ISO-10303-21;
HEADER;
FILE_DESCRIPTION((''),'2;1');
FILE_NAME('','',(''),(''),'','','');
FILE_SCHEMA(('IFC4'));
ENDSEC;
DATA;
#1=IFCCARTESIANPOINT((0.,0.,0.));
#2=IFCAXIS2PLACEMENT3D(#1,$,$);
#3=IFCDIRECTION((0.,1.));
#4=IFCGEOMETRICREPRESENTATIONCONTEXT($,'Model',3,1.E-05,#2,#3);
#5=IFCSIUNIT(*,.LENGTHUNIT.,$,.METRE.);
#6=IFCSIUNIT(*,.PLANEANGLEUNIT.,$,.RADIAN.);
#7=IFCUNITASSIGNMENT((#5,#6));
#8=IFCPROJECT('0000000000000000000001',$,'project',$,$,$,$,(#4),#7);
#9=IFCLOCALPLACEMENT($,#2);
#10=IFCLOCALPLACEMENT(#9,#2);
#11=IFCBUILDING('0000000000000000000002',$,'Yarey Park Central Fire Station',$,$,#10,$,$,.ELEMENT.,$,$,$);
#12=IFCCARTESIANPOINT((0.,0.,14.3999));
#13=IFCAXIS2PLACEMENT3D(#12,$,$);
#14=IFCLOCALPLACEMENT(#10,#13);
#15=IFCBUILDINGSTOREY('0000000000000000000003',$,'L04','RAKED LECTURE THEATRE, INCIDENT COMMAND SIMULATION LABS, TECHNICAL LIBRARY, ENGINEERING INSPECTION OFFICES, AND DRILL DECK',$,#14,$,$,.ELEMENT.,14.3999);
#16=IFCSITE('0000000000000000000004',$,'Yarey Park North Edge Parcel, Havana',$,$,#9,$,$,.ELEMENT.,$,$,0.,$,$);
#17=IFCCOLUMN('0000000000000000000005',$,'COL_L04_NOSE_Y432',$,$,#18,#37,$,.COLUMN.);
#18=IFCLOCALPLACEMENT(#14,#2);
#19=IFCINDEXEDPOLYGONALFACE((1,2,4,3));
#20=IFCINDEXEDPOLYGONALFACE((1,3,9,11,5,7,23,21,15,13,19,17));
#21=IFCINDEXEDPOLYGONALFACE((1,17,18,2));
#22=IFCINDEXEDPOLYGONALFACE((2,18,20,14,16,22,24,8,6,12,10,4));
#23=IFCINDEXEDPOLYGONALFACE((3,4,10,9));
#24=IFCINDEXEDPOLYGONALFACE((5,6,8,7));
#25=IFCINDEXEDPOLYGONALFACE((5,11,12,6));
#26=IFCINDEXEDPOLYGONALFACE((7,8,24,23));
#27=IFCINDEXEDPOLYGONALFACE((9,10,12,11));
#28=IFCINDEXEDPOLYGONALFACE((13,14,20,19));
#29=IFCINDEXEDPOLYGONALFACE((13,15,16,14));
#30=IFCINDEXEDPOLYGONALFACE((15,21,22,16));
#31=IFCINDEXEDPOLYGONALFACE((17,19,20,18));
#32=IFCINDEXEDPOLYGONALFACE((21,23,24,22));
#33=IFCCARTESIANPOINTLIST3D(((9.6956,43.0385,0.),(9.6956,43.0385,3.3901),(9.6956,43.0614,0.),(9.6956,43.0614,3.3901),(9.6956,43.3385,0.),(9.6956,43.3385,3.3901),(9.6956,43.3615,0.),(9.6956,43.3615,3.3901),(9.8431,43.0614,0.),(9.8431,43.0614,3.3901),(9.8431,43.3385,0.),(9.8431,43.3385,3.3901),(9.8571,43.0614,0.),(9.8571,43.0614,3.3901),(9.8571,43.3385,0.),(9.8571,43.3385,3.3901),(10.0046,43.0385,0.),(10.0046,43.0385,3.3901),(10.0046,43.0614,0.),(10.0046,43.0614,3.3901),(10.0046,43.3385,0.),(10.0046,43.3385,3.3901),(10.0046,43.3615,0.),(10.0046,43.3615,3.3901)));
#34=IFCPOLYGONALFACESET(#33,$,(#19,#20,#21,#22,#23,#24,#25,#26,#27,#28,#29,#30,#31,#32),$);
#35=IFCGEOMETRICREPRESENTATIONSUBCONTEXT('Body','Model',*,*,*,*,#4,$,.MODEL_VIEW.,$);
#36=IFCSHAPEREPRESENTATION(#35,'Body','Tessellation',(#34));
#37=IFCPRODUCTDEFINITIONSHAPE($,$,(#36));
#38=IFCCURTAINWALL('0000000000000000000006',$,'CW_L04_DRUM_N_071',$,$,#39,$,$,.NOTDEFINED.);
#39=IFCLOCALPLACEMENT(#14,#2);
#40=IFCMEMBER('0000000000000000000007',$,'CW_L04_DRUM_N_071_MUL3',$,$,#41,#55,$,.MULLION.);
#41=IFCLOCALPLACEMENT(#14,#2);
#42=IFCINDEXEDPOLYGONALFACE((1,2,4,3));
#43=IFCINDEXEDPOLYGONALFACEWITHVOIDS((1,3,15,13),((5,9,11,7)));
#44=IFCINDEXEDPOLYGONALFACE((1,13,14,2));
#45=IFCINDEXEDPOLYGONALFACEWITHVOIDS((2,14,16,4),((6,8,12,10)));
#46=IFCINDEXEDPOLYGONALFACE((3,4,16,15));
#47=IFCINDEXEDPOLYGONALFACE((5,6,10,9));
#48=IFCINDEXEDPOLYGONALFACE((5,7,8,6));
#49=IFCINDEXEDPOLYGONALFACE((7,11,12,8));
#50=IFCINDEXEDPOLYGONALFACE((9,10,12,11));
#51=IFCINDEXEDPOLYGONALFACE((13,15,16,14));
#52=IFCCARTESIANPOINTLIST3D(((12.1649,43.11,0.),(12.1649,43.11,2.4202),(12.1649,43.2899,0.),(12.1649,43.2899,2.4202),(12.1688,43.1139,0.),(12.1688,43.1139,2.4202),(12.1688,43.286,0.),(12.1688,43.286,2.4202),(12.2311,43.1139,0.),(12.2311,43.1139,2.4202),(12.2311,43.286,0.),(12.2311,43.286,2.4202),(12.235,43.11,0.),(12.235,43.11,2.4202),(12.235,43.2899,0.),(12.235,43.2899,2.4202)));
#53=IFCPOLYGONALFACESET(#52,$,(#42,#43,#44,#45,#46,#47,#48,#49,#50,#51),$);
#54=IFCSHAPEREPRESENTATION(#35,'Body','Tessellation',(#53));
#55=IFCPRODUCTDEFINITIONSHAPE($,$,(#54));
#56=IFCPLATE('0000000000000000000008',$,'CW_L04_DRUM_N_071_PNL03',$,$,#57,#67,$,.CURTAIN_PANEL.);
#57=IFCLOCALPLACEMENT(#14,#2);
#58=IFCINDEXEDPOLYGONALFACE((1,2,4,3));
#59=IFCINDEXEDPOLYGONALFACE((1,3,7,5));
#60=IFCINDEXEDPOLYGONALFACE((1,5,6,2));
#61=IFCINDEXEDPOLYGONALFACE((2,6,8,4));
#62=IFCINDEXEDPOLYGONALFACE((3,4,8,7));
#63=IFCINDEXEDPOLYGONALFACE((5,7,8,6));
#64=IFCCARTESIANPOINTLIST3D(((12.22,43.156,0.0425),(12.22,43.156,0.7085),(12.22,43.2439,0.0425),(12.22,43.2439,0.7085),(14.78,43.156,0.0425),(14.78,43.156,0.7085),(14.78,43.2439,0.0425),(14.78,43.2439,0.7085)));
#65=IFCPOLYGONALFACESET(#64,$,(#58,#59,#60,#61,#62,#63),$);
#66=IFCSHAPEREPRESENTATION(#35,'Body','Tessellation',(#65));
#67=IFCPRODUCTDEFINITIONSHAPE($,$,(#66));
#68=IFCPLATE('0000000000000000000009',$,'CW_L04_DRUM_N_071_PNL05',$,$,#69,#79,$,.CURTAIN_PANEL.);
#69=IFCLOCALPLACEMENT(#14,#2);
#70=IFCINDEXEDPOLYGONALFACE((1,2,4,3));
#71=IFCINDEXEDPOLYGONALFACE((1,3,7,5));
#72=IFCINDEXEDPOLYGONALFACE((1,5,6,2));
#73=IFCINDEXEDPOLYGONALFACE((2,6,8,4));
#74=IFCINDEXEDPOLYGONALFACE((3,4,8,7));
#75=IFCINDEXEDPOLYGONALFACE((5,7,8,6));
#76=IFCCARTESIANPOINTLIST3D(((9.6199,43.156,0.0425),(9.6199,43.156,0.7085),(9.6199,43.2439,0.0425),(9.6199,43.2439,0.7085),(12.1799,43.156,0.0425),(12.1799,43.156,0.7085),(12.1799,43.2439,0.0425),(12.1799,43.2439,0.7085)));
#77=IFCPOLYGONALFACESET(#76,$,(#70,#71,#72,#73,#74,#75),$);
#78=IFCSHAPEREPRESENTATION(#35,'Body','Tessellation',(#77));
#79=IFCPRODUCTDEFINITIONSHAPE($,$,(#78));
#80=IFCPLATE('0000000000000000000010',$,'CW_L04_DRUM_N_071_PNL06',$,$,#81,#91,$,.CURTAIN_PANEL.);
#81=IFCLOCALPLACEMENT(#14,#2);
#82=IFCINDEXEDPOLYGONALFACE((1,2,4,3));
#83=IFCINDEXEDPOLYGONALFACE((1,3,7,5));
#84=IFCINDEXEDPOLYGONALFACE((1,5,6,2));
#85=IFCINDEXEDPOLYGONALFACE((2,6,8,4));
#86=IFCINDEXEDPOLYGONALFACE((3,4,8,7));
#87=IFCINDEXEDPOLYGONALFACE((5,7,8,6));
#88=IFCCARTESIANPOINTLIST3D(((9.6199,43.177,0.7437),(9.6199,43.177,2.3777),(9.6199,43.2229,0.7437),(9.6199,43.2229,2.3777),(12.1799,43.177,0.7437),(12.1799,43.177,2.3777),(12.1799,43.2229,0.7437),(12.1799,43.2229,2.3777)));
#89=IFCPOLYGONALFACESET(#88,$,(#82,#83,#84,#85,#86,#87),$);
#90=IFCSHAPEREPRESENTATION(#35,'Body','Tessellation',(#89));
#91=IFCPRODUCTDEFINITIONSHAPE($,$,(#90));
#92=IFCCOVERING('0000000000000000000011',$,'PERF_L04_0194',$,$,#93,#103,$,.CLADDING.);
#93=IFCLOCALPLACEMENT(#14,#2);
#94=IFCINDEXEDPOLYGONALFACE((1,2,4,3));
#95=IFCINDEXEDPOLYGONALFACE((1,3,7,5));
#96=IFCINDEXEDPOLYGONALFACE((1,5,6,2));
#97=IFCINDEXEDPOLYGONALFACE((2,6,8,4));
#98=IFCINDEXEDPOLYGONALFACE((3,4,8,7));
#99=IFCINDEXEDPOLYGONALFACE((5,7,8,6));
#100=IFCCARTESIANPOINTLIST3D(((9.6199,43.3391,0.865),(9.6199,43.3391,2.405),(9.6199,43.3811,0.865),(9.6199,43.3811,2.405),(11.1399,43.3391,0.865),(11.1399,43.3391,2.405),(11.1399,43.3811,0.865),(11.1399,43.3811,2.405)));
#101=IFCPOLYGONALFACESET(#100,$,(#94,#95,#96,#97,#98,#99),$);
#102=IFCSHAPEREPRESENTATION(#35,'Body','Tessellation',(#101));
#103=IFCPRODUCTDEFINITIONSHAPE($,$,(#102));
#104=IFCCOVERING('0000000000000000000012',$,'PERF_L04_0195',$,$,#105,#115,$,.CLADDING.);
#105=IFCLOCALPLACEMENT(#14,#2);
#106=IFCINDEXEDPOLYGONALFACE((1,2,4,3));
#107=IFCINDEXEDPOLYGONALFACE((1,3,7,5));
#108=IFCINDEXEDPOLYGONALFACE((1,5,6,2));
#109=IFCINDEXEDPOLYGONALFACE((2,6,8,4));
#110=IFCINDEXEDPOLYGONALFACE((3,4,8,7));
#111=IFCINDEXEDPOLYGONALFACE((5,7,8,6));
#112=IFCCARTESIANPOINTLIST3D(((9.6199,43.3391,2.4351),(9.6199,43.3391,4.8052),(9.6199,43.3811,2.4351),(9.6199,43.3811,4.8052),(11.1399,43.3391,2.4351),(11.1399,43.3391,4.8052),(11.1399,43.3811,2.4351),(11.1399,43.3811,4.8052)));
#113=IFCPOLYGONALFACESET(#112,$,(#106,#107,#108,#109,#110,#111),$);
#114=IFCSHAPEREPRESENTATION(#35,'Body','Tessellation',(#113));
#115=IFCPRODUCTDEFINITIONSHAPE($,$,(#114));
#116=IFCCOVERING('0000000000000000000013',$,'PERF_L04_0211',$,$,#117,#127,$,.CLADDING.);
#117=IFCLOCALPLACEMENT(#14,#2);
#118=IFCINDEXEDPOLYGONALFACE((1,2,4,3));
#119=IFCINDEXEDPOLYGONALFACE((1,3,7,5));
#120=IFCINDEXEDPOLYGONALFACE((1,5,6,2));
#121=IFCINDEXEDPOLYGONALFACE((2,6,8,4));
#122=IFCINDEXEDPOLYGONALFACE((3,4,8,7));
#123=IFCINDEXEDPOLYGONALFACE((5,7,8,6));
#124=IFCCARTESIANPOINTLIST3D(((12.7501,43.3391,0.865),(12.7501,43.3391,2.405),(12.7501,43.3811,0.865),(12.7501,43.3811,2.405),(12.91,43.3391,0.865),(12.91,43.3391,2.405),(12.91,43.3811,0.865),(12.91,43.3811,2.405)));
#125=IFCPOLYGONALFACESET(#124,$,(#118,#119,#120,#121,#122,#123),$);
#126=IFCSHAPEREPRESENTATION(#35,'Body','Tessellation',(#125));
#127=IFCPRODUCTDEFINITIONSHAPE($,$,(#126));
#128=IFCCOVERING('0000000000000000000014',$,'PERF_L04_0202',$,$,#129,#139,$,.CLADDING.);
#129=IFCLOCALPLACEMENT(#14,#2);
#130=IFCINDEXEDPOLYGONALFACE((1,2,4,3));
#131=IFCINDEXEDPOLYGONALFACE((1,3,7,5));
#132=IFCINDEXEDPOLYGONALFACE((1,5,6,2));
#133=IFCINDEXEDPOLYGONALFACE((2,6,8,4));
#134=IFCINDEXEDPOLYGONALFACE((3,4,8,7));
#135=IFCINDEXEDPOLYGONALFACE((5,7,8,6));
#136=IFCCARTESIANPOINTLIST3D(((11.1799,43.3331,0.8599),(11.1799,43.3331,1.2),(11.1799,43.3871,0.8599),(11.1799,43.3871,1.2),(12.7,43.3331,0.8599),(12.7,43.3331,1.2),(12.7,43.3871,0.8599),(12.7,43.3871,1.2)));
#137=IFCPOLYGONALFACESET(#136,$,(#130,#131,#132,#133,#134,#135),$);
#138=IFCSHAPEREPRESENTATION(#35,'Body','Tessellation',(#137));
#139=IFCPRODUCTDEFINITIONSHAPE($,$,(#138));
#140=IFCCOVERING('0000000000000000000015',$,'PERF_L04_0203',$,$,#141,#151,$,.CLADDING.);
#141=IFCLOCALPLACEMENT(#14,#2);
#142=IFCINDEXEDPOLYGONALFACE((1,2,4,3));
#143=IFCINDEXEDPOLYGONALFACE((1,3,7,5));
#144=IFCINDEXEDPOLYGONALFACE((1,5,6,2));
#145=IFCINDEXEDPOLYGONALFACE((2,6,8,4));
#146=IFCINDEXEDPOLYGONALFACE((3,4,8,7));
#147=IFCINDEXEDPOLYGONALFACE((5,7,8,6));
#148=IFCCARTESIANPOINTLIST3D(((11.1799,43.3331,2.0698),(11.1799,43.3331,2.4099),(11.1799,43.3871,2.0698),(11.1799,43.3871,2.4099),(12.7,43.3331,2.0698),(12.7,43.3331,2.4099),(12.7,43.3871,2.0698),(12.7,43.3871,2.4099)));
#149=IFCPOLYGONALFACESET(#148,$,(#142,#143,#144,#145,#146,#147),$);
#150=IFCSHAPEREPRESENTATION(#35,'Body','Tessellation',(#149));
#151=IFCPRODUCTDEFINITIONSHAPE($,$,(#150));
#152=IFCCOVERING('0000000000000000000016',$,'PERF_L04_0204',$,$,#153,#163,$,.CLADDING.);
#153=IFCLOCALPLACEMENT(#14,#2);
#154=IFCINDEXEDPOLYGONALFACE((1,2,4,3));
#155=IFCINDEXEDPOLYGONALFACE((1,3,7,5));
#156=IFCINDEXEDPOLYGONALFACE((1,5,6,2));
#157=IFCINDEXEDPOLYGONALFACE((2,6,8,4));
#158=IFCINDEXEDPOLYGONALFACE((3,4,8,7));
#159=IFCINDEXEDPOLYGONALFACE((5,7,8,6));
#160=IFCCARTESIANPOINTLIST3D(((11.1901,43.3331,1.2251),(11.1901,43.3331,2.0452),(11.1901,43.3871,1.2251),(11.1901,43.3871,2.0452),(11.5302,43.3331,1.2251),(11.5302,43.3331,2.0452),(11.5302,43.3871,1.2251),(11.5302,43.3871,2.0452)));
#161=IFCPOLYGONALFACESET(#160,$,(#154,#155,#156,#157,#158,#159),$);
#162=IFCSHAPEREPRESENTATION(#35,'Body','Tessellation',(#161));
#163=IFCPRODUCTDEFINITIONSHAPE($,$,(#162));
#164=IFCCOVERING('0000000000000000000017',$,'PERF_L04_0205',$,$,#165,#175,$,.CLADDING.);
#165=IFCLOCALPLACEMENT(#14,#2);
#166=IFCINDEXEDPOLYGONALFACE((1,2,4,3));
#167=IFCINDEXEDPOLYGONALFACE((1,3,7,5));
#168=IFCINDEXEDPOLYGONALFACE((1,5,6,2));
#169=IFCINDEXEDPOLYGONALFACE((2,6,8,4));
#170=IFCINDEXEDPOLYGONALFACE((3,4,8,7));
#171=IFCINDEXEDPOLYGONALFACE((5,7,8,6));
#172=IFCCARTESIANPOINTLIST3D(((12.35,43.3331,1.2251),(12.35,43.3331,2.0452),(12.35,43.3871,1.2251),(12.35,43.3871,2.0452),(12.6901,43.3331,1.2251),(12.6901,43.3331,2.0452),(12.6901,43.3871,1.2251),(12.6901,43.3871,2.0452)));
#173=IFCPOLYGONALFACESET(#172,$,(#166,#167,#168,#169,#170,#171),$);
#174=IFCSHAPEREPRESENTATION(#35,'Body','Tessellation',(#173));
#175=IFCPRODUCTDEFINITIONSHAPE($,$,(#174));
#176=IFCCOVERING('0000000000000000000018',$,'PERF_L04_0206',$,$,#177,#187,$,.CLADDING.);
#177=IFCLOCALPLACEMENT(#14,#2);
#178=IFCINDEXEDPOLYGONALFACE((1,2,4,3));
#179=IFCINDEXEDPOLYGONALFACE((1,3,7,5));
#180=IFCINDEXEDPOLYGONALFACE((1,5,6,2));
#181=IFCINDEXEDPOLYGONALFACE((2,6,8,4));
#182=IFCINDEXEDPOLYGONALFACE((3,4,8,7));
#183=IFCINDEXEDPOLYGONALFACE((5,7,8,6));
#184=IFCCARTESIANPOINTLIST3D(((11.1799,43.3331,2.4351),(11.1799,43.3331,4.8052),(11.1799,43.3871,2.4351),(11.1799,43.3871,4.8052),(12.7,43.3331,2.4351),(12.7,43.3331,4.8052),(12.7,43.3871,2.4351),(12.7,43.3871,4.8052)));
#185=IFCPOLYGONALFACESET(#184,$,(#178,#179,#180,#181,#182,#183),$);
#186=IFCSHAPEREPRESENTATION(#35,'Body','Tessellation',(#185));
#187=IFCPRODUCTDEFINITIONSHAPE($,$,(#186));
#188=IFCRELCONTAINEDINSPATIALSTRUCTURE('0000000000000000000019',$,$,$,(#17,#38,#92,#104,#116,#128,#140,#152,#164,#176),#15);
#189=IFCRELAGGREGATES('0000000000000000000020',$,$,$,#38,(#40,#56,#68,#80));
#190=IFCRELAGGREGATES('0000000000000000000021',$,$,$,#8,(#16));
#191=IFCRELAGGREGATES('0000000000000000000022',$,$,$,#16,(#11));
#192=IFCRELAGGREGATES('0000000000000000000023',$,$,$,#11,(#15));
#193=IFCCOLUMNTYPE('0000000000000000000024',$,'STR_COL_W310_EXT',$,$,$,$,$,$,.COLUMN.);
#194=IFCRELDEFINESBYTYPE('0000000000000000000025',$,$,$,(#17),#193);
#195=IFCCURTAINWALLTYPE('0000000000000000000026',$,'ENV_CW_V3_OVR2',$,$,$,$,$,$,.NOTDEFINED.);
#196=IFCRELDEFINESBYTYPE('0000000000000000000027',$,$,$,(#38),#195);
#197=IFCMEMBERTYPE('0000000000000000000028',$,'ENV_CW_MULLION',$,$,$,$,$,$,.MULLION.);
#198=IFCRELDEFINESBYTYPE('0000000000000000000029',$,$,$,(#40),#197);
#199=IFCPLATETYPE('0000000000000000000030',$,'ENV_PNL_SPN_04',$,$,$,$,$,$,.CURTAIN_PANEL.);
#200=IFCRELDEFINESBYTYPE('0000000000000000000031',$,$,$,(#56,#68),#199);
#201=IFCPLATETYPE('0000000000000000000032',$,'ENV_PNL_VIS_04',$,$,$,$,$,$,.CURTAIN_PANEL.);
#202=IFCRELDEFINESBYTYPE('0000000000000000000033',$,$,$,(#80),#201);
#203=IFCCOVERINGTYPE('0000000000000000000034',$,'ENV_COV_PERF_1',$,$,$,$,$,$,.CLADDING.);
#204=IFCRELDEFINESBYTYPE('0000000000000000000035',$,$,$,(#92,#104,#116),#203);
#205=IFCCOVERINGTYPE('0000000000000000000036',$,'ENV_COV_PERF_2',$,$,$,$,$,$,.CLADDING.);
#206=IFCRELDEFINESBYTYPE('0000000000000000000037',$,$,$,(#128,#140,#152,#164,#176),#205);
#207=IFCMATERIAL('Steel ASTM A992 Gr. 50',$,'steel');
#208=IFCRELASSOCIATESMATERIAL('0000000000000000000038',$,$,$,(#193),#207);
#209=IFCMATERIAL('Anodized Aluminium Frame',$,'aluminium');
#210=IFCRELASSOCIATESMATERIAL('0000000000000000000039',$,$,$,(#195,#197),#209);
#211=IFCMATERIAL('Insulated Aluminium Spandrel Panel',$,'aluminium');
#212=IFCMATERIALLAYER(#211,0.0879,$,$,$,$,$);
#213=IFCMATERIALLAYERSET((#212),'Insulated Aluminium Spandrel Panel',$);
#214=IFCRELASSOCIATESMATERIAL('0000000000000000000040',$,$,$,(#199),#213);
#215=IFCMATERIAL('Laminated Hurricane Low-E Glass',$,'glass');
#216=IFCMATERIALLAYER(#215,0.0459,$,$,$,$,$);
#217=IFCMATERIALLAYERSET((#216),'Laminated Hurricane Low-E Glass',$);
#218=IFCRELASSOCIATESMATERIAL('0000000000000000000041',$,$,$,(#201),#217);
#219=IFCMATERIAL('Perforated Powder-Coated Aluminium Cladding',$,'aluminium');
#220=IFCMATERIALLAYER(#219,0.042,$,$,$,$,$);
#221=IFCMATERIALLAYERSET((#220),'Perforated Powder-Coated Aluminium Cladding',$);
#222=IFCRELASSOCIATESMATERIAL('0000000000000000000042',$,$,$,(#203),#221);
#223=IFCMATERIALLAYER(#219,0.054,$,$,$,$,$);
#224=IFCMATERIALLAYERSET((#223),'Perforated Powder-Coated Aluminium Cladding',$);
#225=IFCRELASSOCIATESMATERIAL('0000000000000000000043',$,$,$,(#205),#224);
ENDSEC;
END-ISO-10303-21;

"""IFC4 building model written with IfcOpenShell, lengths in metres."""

from ifc_helpers import new_model, si_unit, direction, frame, origin, origin_2d, place, context, subcontext, project, spatial, rectangle, hollow_rectangle, i_section, extrude, material, layer, layer_set, material_profile, profile_set, type_object, element, aggregate, save


model = new_model("IFC4")

# Units and contexts
model_context = context("Model", 3, precision=1e-05, world=origin(), true_north=direction((0.0, 1.0)))
body_context = subcontext(model_context, "Body", "Model", "MODEL_VIEW")
ifc_project = project(units=[si_unit("LENGTHUNIT", "METRE"), si_unit("PLANEANGLEUNIT", "RADIAN")], contexts=[model_context])

# Site, building, storey
site_placement = place(None, origin())
site = spatial("IfcSite", under=ifc_project, at=site_placement, Name="Yarey Park North Edge Parcel, Havana", CompositionType="ELEMENT", RefElevation=0.0)
building_placement = place(site_placement, origin())
building = spatial("IfcBuilding", under=site, at=building_placement, Name="Yarey Park Central Fire Station", CompositionType="ELEMENT")
storey_placement = place(building_placement, frame((0.0, 0.0, 14.3999)))
storey = spatial("IfcBuildingStorey", under=building, at=storey_placement, Name="L04", Description="RAKED LECTURE THEATRE, INCIDENT COMMAND SIMULATION LABS, TECHNICAL LIBRARY, ENGINEERING INSPECTION OFFICES, AND DRILL DECK", CompositionType="ELEMENT", Elevation=14.3999)

# Column
ifc_material_1 = material(Name="Steel ASTM A992 Gr. 50", Category="steel")
ifc_material_profile_1 = material_profile(ifc_material_1, i_section(OverallWidth=0.3091, OverallDepth=0.323, WebThickness=0.0139, FlangeThickness=0.0229, at=origin_2d()), Name="W310x143")
ifc_profile_set_1 = profile_set([ifc_material_profile_1], Name="Steel ASTM A992 Gr. 50")
column_type = type_object("IfcColumnType", Name="STR_COL_W310_EXT", PredefinedType="COLUMN", material=ifc_profile_set_1)
column_placement = place(storey_placement, frame((9.8501, 43.2, 0.0), z_axis=(0.0, 0.0, 1.0), x_axis=(1.0, 0.0, 0.0)))
element("IfcColumn", 1, at=column_placement, inside=storey, type_object=column_type, Name="COL_L04_NOSE_Y432", PredefinedType="COLUMN", context=body_context, shape_type="SweptSolid", body=[
    extrude(i_section(OverallWidth=0.3091, OverallDepth=0.323, WebThickness=0.0139, FlangeThickness=0.0229, at=origin_2d()), origin(), (0.0, 0.0, 1.0), 3.3901),
])

# Curtain wall, member, plates
ifc_material_2 = material(Name="Anodized Aluminium Frame", Category="aluminium")
curtain_wall_type = type_object("IfcCurtainWallType", Name="ENV_CW_V3_OVR2", PredefinedType="NOTDEFINED", material=ifc_material_2)
curtain_wall_placement = place(storey_placement, origin())
curtain_wall = element("IfcCurtainWall", 2, at=curtain_wall_placement, inside=storey, type_object=curtain_wall_type, Name="CW_L04_DRUM_N_071", PredefinedType="NOTDEFINED")
ifc_material_profile_2 = material_profile(ifc_material_2, hollow_rectangle(XDim=0.0701, YDim=0.1799, WallThickness=0.0039, at=origin_2d()), Name="ALU 180x70x4")
ifc_profile_set_2 = profile_set([ifc_material_profile_2], Name="Anodized Aluminium Frame")
member_type = type_object("IfcMemberType", Name="ENV_CW_MULLION", PredefinedType="MULLION", material=ifc_profile_set_2)
member_placement = place(storey_placement, frame((12.2, 43.2, 0.0), z_axis=(0.0, 0.0, 1.0), x_axis=(1.0, 0.0, 0.0)))
member = element("IfcMember", 3, at=member_placement, type_object=member_type, Name="CW_L04_DRUM_N_071_MUL3", PredefinedType="MULLION", context=body_context, shape_type="SweptSolid", body=[
    extrude(hollow_rectangle(XDim=0.0701, YDim=0.1799, WallThickness=0.0039, at=origin_2d()), origin(), (0.0, 0.0, 1.0), 2.4202),
])
ifc_material_3 = material(Name="Insulated Aluminium Spandrel Panel", Category="aluminium")
ifc_layer_1 = layer(ifc_material_3, 0.0879)
ifc_layer_set_1 = layer_set([ifc_layer_1], Name="Insulated Aluminium Spandrel Panel")
plate_type_1 = type_object("IfcPlateType", Name="ENV_PNL_SPN_04", PredefinedType="CURTAIN_PANEL", material=ifc_layer_set_1)
plate_1_placement = place(storey_placement, frame((13.5, 43.2, 0.0425), z_axis=(0.0, 0.0, 1.0), x_axis=(-1.0, 0.0, 0.0)))
plate_1 = element("IfcPlate", 4, at=plate_1_placement, type_object=plate_type_1, Name="CW_L04_DRUM_N_071_PNL03", PredefinedType="CURTAIN_PANEL", context=body_context, shape_type="SweptSolid", body=[
    extrude(rectangle(XDim=2.5601, YDim=0.0879, at=origin_2d()), origin(), (0.0, 0.0, 1.0), 0.666),
])
plate_2_placement = place(storey_placement, frame((10.8999, 43.2, 0.0425), z_axis=(0.0, 0.0, 1.0), x_axis=(-1.0, 0.0, 0.0)))
plate_2 = element("IfcPlate", 5, at=plate_2_placement, type_object=plate_type_1, Name="CW_L04_DRUM_N_071_PNL05", PredefinedType="CURTAIN_PANEL", context=body_context, shape_type="SweptSolid", body=[
    extrude(rectangle(XDim=2.5601, YDim=0.0879, at=origin_2d()), origin(), (0.0, 0.0, 1.0), 0.666),
])
ifc_material_4 = material(Name="Laminated Hurricane Low-E Glass", Category="glass")
ifc_layer_2 = layer(ifc_material_4, 0.0459)
ifc_layer_set_2 = layer_set([ifc_layer_2], Name="Laminated Hurricane Low-E Glass")
plate_type_2 = type_object("IfcPlateType", Name="ENV_PNL_VIS_04", PredefinedType="CURTAIN_PANEL", material=ifc_layer_set_2)
plate_3_placement = place(storey_placement, frame((10.8999, 43.2, 0.7437), z_axis=(0.0, 0.0, 1.0), x_axis=(-1.0, 0.0, 0.0)))
plate_3 = element("IfcPlate", 6, at=plate_3_placement, type_object=plate_type_2, Name="CW_L04_DRUM_N_071_PNL06", PredefinedType="CURTAIN_PANEL", context=body_context, shape_type="SweptSolid", body=[
    extrude(rectangle(XDim=2.5601, YDim=0.0459, at=origin_2d()), origin(), (0.0, 0.0, 1.0), 1.634),
])
aggregate(curtain_wall, [member, plate_1, plate_2, plate_3])

# Coverings
ifc_material_5 = material(Name="Perforated Powder-Coated Aluminium Cladding", Category="aluminium")
ifc_layer_3 = layer(ifc_material_5, 0.042)
ifc_layer_set_3 = layer_set([ifc_layer_3], Name="Perforated Powder-Coated Aluminium Cladding")
covering_type_1 = type_object("IfcCoveringType", Name="ENV_COV_PERF_1", PredefinedType="CLADDING", material=ifc_layer_set_3)
covering_1_placement = place(storey_placement, frame((10.3799, 43.3601, 0.865), z_axis=(0.0, 0.0, 1.0), x_axis=(1.0, 0.0, 0.0)))
element("IfcCovering", 7, at=covering_1_placement, inside=storey, type_object=covering_type_1, Name="PERF_L04_0194", PredefinedType="CLADDING", context=body_context, shape_type="SweptSolid", body=[
    extrude(rectangle(XDim=1.52, YDim=0.042, at=origin_2d()), origin(), (0.0, 0.0, 1.0), 1.54),
])
covering_2_placement = place(storey_placement, frame((10.3799, 43.3601, 2.4351), z_axis=(0.0, 0.0, 1.0), x_axis=(1.0, 0.0, 0.0)))
element("IfcCovering", 8, at=covering_2_placement, inside=storey, type_object=covering_type_1, Name="PERF_L04_0195", PredefinedType="CLADDING", context=body_context, shape_type="SweptSolid", body=[
    extrude(rectangle(XDim=1.52, YDim=0.042, at=origin_2d()), origin(), (0.0, 0.0, 1.0), 2.3701),
])
covering_3_placement = place(storey_placement, frame((12.8301, 43.3601, 0.865), z_axis=(0.0, 0.0, 1.0), x_axis=(1.0, 0.0, 0.0)))
element("IfcCovering", 9, at=covering_3_placement, inside=storey, type_object=covering_type_1, Name="PERF_L04_0211", PredefinedType="CLADDING", context=body_context, shape_type="SweptSolid", body=[
    extrude(rectangle(XDim=0.1599, YDim=0.042, at=origin_2d()), origin(), (0.0, 0.0, 1.0), 1.54),
])
ifc_layer_4 = layer(ifc_material_5, 0.054)
ifc_layer_set_4 = layer_set([ifc_layer_4], Name="Perforated Powder-Coated Aluminium Cladding")
covering_type_2 = type_object("IfcCoveringType", Name="ENV_COV_PERF_2", PredefinedType="CLADDING", material=ifc_layer_set_4)
for number, where, z_axis, x_axis, name in (
    (10, (11.9399, 43.3601, 0.8599), (0.0, 0.0, 1.0), (1.0, 0.0, 0.0), "PERF_L04_0202"),
    (11, (11.9399, 43.3601, 2.0698), (0.0, 0.0, 1.0), (1.0, 0.0, 0.0), "PERF_L04_0203"),
):
    element("IfcCovering", number, at=place(storey_placement, frame(where, z_axis=z_axis, x_axis=x_axis)), inside=storey, type_object=covering_type_2, Name=name, PredefinedType="CLADDING", context=body_context, shape_type="SweptSolid", body=[
        extrude(rectangle(XDim=1.52, YDim=0.054, at=origin_2d()), origin(), (0.0, 0.0, 1.0), 0.3401),
    ])
for number, where, z_axis, x_axis, name in (
    (12, (11.3601, 43.3601, 1.2251), (0.0, 0.0, 1.0), (1.0, 0.0, 0.0), "PERF_L04_0204"),
    (13, (12.52, 43.3601, 1.2251), (0.0, 0.0, 1.0), (1.0, 0.0, 0.0), "PERF_L04_0205"),
):
    element("IfcCovering", number, at=place(storey_placement, frame(where, z_axis=z_axis, x_axis=x_axis)), inside=storey, type_object=covering_type_2, Name=name, PredefinedType="CLADDING", context=body_context, shape_type="SweptSolid", body=[
        extrude(rectangle(XDim=0.3401, YDim=0.054, at=origin_2d()), origin(), (0.0, 0.0, 1.0), 0.8201),
    ])
covering_4_placement = place(storey_placement, frame((11.9399, 43.3601, 2.4351), z_axis=(0.0, 0.0, 1.0), x_axis=(1.0, 0.0, 0.0)))
element("IfcCovering", 14, at=covering_4_placement, inside=storey, type_object=covering_type_2, Name="PERF_L04_0206", PredefinedType="CLADDING", context=body_context, shape_type="SweptSolid", body=[
    extrude(rectangle(XDim=1.52, YDim=0.054, at=origin_2d()), origin(), (0.0, 0.0, 1.0), 2.3701),
])

save(model, "model.ifc")
